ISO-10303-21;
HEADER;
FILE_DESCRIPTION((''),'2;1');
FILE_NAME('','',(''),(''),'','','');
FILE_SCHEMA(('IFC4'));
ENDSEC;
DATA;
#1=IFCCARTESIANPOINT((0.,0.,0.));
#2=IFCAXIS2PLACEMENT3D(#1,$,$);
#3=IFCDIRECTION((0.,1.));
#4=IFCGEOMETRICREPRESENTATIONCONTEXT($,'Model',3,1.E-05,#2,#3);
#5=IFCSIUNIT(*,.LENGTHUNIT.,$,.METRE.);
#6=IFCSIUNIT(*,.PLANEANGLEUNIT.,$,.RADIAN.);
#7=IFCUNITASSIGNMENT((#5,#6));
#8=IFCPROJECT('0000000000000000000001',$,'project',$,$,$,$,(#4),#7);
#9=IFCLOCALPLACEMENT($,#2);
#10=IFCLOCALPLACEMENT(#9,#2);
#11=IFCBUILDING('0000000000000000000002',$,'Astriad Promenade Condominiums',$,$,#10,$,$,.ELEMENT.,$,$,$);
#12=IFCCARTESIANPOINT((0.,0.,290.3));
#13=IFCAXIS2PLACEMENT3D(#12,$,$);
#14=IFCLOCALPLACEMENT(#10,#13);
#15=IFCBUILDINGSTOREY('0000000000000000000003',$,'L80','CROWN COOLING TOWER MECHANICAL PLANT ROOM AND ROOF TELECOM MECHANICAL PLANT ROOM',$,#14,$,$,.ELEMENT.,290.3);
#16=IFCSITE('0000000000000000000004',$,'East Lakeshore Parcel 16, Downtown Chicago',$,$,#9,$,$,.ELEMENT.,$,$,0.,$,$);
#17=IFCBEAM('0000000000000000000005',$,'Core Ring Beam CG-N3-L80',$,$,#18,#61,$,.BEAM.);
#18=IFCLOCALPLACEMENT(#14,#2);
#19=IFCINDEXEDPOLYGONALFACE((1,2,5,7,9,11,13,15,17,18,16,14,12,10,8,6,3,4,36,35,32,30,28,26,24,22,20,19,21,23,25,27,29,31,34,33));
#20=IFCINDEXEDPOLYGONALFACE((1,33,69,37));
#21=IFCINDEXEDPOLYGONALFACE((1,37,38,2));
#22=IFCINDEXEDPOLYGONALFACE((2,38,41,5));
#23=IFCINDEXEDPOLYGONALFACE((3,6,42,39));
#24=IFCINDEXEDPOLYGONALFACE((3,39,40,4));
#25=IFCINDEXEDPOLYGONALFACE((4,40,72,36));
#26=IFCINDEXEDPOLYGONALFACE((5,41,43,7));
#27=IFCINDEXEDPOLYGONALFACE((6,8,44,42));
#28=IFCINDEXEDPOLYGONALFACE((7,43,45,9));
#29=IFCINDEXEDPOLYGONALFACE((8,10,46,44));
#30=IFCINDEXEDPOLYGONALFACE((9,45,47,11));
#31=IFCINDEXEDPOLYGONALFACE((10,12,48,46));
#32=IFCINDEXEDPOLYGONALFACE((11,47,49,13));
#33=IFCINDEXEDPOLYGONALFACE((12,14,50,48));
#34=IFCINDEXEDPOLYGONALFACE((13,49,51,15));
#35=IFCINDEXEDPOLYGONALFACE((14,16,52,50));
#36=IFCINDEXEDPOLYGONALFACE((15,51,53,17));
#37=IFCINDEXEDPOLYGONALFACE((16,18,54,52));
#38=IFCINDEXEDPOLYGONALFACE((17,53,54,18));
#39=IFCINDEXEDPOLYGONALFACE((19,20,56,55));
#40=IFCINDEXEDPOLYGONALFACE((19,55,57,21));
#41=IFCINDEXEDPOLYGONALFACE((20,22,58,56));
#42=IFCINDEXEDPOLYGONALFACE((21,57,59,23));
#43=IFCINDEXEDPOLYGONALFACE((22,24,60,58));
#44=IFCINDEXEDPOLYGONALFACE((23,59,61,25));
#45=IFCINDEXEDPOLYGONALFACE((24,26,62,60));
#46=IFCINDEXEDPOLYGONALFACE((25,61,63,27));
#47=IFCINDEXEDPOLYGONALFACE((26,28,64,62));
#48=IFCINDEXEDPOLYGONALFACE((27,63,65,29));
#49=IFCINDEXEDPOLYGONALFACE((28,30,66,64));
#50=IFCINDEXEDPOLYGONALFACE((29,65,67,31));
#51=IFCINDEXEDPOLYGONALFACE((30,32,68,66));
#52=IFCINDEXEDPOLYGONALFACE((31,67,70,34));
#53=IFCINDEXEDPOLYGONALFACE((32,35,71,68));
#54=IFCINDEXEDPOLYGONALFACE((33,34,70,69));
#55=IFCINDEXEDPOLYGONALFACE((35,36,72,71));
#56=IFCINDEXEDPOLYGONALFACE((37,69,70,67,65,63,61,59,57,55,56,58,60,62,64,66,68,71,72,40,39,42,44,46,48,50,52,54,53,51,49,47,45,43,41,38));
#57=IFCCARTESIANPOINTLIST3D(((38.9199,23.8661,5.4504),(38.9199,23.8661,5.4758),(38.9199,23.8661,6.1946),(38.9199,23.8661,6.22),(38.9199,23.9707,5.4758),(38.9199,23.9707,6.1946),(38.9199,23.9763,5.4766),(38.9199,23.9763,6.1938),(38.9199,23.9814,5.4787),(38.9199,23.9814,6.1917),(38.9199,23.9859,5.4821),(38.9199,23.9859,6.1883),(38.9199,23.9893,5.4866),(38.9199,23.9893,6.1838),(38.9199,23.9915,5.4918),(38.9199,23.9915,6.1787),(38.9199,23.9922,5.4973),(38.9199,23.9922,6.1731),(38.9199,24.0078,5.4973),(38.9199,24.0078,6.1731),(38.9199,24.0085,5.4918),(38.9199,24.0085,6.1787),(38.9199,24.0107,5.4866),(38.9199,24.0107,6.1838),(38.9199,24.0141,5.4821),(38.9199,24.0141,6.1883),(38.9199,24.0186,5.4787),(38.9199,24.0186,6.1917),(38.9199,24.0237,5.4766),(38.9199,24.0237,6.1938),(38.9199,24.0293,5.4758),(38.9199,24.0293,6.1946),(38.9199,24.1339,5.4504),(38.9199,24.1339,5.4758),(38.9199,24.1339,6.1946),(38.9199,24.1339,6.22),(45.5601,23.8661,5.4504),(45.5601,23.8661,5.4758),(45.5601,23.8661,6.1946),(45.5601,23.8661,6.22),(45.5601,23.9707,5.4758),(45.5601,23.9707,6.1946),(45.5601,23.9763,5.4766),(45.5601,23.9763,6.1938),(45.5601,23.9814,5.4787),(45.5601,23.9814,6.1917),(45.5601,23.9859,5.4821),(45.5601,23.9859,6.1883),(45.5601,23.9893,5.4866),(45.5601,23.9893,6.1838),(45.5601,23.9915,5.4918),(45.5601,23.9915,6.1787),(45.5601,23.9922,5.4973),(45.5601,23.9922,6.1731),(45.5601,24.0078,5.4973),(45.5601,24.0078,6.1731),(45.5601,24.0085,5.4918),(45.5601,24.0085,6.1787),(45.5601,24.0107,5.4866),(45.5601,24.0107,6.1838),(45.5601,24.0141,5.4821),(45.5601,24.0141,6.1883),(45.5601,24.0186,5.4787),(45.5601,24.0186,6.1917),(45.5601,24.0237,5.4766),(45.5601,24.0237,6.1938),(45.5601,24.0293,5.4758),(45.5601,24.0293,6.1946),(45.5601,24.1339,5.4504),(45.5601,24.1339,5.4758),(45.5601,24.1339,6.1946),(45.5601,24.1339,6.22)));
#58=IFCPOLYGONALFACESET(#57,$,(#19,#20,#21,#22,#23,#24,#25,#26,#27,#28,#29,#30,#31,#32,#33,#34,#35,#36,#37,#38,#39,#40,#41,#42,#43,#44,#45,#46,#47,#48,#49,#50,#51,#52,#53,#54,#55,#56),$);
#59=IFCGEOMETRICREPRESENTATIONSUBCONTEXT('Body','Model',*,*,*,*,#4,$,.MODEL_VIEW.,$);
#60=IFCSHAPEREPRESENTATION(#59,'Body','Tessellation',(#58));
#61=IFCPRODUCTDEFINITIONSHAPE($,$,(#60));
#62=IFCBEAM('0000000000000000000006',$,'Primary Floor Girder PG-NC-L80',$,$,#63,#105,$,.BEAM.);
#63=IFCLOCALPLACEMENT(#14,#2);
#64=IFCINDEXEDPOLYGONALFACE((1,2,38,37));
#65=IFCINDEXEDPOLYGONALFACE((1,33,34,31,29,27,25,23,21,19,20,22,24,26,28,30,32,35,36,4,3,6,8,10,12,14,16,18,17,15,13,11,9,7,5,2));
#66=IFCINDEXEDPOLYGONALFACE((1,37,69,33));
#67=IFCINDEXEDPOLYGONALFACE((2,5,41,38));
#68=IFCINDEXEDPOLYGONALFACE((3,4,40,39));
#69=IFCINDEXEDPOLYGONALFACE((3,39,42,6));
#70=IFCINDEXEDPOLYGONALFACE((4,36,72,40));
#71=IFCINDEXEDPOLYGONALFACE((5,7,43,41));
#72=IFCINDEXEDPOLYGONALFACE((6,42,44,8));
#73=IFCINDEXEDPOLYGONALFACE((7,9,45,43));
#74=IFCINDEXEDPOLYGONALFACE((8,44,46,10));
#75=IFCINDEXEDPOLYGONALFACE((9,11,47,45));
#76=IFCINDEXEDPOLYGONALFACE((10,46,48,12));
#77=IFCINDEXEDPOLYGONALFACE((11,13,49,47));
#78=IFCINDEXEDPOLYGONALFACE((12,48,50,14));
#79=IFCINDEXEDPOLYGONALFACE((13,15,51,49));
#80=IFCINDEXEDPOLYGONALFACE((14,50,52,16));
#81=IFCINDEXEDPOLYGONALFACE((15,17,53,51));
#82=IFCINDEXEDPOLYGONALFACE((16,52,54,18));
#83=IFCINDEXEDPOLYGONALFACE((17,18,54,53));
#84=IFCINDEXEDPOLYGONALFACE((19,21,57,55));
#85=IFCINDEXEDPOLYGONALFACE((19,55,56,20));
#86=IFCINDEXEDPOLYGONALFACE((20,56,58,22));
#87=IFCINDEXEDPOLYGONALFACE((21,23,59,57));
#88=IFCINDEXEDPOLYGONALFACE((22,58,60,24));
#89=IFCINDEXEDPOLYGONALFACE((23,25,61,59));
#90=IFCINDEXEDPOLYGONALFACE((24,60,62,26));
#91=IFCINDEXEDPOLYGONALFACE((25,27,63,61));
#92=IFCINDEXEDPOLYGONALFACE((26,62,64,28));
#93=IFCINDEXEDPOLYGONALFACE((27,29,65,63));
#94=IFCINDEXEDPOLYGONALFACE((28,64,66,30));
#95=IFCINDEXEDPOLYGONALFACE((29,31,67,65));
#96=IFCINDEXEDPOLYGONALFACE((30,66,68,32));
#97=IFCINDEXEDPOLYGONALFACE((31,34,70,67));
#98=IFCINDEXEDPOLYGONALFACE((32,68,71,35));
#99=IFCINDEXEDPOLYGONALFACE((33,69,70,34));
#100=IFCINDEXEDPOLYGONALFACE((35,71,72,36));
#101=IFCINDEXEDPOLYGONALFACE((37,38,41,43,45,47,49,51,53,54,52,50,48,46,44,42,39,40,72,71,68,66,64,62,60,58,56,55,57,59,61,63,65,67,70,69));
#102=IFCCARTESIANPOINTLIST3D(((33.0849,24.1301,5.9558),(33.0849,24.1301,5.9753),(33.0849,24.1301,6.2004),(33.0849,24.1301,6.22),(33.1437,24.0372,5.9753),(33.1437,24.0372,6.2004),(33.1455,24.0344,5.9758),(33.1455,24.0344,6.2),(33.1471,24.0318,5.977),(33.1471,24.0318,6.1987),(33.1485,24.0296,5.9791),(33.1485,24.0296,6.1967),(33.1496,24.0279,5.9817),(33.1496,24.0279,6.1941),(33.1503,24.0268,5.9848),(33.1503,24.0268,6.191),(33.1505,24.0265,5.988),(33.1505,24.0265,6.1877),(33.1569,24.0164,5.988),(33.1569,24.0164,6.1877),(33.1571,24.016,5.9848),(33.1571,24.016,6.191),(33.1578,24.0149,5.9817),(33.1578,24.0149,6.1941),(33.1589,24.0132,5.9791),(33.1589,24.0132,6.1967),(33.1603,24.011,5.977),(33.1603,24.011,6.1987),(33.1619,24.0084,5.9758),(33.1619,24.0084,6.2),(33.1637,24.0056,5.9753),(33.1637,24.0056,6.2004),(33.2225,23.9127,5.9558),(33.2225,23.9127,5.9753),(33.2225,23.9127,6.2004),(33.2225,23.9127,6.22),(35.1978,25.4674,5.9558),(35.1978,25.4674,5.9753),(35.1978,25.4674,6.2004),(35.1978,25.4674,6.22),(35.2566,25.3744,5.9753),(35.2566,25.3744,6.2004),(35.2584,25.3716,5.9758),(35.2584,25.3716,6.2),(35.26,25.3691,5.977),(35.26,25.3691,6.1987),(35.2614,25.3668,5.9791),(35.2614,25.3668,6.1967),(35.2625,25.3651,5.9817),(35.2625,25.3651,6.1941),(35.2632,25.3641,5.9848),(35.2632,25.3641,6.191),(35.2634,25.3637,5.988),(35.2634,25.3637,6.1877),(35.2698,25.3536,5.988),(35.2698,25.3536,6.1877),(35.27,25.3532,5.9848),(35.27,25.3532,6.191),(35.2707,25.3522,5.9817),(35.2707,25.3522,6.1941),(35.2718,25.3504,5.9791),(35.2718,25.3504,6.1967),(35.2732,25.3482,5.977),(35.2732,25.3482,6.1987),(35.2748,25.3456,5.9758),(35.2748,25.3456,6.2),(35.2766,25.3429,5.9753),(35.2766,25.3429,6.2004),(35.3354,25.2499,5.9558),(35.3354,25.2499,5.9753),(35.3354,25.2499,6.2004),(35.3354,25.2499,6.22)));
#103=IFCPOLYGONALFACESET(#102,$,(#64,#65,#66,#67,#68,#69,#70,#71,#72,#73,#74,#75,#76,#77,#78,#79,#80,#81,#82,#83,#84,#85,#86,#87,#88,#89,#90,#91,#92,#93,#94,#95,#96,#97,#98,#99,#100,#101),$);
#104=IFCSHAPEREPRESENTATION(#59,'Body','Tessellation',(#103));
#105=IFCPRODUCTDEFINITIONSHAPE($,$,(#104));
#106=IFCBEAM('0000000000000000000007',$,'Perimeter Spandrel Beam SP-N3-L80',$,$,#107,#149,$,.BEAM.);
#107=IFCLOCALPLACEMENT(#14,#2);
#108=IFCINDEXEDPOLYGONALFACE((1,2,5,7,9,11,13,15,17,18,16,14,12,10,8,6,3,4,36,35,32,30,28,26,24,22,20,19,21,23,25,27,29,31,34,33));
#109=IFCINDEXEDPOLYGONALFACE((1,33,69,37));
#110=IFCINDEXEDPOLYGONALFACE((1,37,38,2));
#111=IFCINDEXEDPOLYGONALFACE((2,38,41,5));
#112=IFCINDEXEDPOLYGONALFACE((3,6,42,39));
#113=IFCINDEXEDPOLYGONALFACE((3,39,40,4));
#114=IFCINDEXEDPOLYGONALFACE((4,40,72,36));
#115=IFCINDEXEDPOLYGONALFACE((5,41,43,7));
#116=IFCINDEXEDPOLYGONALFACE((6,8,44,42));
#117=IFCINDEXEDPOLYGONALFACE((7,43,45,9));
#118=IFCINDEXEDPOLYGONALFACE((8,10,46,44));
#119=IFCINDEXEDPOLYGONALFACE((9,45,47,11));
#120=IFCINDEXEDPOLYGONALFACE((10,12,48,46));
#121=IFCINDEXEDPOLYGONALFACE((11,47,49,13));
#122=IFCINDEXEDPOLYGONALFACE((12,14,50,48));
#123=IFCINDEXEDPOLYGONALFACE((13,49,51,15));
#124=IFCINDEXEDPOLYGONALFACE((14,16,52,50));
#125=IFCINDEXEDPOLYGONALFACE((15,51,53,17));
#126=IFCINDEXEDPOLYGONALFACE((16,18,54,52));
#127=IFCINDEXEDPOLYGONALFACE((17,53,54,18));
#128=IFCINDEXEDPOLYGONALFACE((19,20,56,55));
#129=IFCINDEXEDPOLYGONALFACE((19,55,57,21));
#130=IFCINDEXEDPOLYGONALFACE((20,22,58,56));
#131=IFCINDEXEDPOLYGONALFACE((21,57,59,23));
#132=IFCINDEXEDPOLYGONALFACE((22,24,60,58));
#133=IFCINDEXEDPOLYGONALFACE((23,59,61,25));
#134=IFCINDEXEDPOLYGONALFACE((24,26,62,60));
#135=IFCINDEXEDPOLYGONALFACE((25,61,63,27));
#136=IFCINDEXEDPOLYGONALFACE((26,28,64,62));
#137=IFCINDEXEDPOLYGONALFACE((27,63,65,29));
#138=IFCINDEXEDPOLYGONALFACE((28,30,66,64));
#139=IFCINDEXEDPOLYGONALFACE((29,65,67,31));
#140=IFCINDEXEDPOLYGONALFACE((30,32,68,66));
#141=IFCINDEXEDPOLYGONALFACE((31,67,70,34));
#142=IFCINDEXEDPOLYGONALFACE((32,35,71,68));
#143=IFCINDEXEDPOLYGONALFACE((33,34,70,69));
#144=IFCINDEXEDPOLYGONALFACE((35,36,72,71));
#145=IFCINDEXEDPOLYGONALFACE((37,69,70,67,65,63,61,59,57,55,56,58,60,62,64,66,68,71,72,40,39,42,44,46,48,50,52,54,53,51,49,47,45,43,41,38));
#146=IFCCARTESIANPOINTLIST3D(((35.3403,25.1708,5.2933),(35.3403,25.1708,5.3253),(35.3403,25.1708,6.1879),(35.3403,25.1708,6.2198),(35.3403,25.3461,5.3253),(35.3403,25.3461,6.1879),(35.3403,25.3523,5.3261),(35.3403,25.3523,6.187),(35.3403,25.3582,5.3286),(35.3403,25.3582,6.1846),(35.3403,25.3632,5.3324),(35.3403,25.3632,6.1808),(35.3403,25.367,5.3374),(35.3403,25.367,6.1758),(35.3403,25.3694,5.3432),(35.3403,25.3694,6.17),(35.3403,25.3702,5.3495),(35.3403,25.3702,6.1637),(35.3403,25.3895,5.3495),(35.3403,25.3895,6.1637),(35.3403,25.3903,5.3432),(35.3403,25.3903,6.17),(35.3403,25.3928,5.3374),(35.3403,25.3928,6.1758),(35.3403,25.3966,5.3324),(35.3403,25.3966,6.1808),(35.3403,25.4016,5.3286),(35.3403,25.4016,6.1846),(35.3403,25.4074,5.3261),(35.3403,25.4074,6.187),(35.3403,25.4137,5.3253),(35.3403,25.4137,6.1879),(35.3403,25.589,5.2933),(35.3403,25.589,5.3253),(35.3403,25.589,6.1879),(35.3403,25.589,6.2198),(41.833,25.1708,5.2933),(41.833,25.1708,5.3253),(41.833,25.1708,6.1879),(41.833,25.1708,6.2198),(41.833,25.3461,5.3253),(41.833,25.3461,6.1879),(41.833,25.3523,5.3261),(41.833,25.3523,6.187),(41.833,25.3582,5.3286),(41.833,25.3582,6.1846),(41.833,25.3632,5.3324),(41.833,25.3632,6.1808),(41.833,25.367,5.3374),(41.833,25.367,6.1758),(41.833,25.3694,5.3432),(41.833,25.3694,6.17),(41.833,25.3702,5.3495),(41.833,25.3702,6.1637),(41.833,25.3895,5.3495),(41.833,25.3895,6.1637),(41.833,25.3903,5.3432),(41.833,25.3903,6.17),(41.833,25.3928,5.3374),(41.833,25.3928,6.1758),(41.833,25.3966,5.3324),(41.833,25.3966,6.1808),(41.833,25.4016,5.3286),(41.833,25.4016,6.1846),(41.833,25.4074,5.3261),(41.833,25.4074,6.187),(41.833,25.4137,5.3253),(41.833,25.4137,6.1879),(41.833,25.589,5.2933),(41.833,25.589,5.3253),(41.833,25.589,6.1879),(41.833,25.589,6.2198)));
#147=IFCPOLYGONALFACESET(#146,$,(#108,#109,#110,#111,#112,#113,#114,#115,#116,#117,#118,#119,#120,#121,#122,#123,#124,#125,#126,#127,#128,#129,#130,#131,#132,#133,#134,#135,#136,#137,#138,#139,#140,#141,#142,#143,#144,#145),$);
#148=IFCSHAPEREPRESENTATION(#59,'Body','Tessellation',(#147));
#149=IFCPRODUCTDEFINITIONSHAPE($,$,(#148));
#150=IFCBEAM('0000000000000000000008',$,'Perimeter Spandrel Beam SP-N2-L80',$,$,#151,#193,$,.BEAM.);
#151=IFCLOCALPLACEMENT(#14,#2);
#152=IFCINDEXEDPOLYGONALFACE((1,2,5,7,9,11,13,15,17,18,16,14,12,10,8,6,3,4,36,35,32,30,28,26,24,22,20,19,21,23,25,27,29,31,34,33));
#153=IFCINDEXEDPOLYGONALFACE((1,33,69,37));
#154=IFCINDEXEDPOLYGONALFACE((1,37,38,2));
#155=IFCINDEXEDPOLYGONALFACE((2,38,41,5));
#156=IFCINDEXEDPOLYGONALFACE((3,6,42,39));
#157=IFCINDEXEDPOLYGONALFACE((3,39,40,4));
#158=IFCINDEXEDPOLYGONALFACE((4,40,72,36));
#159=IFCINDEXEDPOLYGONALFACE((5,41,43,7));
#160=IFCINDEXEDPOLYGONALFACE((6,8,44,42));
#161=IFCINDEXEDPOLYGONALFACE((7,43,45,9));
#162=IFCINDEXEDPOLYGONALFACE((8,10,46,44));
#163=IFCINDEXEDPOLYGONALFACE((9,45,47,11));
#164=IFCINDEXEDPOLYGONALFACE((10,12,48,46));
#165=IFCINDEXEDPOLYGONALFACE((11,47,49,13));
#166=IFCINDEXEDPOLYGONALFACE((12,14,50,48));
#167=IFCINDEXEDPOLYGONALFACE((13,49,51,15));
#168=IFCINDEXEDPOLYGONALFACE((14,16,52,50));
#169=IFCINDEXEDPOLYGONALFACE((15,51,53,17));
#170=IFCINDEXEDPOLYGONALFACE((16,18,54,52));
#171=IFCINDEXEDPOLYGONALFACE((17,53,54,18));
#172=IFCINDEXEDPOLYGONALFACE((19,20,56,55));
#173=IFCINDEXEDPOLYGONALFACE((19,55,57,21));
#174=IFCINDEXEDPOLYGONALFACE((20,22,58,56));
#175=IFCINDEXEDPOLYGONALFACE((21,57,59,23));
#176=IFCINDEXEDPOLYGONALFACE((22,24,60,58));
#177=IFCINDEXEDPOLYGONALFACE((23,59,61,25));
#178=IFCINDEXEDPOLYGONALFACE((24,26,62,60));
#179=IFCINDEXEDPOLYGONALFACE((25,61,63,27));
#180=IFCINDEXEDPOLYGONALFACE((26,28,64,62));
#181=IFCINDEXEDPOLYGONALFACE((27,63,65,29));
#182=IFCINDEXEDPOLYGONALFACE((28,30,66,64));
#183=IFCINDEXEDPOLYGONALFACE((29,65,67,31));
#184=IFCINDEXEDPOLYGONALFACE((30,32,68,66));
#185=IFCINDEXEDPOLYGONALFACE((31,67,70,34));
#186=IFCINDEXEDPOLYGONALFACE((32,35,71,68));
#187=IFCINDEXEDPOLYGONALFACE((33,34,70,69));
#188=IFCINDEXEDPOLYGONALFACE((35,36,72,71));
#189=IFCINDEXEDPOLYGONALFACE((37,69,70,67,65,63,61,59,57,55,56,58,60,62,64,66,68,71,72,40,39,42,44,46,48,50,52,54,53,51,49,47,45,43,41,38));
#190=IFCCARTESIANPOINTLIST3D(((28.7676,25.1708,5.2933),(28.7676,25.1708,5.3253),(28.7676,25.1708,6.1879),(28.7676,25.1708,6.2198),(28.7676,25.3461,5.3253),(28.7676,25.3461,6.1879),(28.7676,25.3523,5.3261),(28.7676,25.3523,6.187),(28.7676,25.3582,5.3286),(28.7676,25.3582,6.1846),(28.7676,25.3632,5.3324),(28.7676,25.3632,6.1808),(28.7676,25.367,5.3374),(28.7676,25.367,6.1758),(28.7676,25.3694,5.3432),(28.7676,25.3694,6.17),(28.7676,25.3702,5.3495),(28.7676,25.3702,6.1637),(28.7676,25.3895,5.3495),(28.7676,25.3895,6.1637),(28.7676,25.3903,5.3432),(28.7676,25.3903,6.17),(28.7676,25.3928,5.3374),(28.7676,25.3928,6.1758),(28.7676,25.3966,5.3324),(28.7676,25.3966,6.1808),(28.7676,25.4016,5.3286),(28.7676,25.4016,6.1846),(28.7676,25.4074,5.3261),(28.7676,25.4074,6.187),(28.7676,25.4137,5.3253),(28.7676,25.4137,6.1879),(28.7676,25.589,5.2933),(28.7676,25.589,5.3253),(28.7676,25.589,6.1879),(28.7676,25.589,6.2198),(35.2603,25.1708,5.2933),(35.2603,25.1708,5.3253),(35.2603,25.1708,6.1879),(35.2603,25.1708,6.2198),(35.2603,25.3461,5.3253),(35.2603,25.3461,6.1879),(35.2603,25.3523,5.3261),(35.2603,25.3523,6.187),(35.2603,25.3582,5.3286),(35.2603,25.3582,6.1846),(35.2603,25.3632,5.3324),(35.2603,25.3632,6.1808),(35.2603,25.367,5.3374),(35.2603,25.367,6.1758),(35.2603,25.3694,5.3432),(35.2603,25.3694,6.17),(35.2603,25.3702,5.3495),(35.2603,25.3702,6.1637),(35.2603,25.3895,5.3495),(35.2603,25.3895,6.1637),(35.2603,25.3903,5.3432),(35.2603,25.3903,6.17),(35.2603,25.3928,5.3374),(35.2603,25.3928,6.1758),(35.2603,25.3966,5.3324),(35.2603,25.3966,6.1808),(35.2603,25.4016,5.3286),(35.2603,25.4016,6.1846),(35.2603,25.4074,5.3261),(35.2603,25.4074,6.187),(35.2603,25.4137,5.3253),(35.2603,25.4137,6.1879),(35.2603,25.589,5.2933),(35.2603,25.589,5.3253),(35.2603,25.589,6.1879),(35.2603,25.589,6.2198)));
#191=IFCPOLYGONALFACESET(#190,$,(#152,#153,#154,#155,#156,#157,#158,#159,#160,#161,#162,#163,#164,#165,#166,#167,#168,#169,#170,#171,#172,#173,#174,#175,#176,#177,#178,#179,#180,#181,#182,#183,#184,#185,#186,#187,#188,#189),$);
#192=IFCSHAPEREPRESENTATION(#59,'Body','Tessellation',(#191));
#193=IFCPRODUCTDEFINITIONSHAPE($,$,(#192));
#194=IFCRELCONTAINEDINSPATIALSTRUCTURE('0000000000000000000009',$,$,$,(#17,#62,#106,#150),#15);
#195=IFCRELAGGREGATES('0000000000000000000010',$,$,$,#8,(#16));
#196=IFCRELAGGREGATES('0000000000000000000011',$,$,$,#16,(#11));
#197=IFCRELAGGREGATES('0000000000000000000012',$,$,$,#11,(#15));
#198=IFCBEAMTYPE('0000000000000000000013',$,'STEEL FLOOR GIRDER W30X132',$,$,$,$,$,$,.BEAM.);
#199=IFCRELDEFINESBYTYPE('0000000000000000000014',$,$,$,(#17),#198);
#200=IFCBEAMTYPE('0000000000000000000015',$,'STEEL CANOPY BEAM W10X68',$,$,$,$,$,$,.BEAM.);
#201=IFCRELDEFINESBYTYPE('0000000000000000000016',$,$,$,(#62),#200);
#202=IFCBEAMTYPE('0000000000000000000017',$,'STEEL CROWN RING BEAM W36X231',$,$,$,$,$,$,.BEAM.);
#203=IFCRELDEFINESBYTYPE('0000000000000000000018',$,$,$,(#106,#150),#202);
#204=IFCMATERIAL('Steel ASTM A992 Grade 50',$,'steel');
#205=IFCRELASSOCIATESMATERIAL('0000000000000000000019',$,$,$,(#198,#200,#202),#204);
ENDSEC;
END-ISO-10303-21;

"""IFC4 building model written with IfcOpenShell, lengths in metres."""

from ifc_helpers import new_model, si_unit, direction, frame, origin, origin_2d, place, context, subcontext, project, spatial, i_section, extrude, source, transform, mapped, material, material_profile, profile_set, type_object, type_shapes, element, save


model = new_model("IFC4")

# Units and contexts
model_context = context("Model", 3, precision=1e-05, world=origin(), true_north=direction((0.0, 1.0)))
body_context = subcontext(model_context, "Body", "Model", "MODEL_VIEW")
ifc_project = project(units=[si_unit("LENGTHUNIT", "METRE"), si_unit("PLANEANGLEUNIT", "RADIAN")], contexts=[model_context])

# Site, building, storey
site_placement = place(None, origin())
site = spatial("IfcSite", under=ifc_project, at=site_placement, Name="East Lakeshore Parcel 16, Downtown Chicago", CompositionType="ELEMENT", RefElevation=0.0)
building_placement = place(site_placement, origin())
building = spatial("IfcBuilding", under=site, at=building_placement, Name="Astriad Promenade Condominiums", CompositionType="ELEMENT")
storey_placement = place(building_placement, frame((0.0, 0.0, 290.3)))
storey = spatial("IfcBuildingStorey", under=building, at=storey_placement, Name="L80", Description="CROWN COOLING TOWER MECHANICAL PLANT ROOM AND ROOF TELECOM MECHANICAL PLANT ROOM", CompositionType="ELEMENT", Elevation=290.3)

# Shared definitions
ifc_material_1 = material(Name="Steel ASTM A992 Grade 50", Category="steel")

# Beams
ifc_material_profile_1 = material_profile(ifc_material_1, i_section(OverallWidth=0.2678, OverallDepth=0.7695, WebThickness=0.0156, FlangeThickness=0.0254, FilletRadius=0.0215, at=origin_2d()), Name="W30X132")
ifc_profile_set_1 = profile_set([ifc_material_profile_1], Name="Steel ASTM A992 Grade 50")
beam_type_1 = type_object("IfcBeamType", Name="STEEL FLOOR GIRDER W30X132", PredefinedType="BEAM", material=ifc_profile_set_1)
shared_shape_1 = source(origin(), body_context, "Body", "SweptSolid", [
    extrude(i_section(OverallWidth=0.2678, OverallDepth=0.7695, WebThickness=0.0156, FlangeThickness=0.0254, FilletRadius=0.0215, at=origin_2d()), origin(), (0.0, 0.0, 1.0), 6.6401),
])
type_shapes(beam_type_1, [shared_shape_1])
beam_1_placement = place(storey_placement, frame((38.9199, 24.0, 5.8352), z_axis=(1.0, 0.0, 0.0), x_axis=(0.0, 1.0, 0.0)))
element("IfcBeam", 1, at=beam_1_placement, inside=storey, type_object=beam_type_1, Name="Core Ring Beam CG-N3-L80", PredefinedType="BEAM", context=body_context, shape_type="MappedRepresentation", body=[
    mapped(shared_shape_1, transform((0.0, 0.0, 0.0), scale=1.0)),
])
ifc_material_profile_2 = material_profile(ifc_material_1, i_section(OverallWidth=0.2573, OverallDepth=0.2642, WebThickness=0.012, FlangeThickness=0.0195, FilletRadius=0.0127, at=origin_2d()), Name="W10X68")
ifc_profile_set_2 = profile_set([ifc_material_profile_2], Name="Steel ASTM A992 Grade 50")
beam_type_2 = type_object("IfcBeamType", Name="STEEL CANOPY BEAM W10X68", PredefinedType="BEAM", material=ifc_profile_set_2)
shared_shape_2 = source(origin(), body_context, "Body", "SweptSolid", [
    extrude(i_section(OverallWidth=0.2573, OverallDepth=0.2642, WebThickness=0.012, FlangeThickness=0.0195, FilletRadius=0.0127, at=origin_2d()), origin(), (0.0, 0.0, 1.0), 2.5005),
])
type_shapes(beam_type_2, [shared_shape_2])
beam_2_placement = place(storey_placement, frame((35.2666, 25.3586, 6.0879), z_axis=(-0.84499, -0.534783, 0.0), x_axis=(0.534783, -0.84499, 0.0)))
element("IfcBeam", 2, at=beam_2_placement, inside=storey, type_object=beam_type_2, Name="Primary Floor Girder PG-NC-L80", PredefinedType="BEAM", context=body_context, shape_type="MappedRepresentation", body=[
    mapped(shared_shape_2, transform((0.0, 0.0, 0.0), scale=1.0)),
])
ifc_material_profile_3 = material_profile(ifc_material_1, i_section(OverallWidth=0.4182, OverallDepth=0.9265, WebThickness=0.0193, FlangeThickness=0.032, FilletRadius=0.0242, at=origin_2d()), Name="W36X231")
ifc_profile_set_3 = profile_set([ifc_material_profile_3], Name="Steel ASTM A992 Grade 50")
beam_type_3 = type_object("IfcBeamType", Name="STEEL CROWN RING BEAM W36X231", PredefinedType="BEAM", material=ifc_profile_set_3)
shared_shape_3 = source(origin(), body_context, "Body", "SweptSolid", [
    extrude(i_section(OverallWidth=0.4182, OverallDepth=0.9265, WebThickness=0.0193, FlangeThickness=0.032, FilletRadius=0.0242, at=origin_2d()), origin(), (0.0, 0.0, 1.0), 6.4927),
])
type_shapes(beam_type_3, [shared_shape_3])
for number, where, z_axis, x_axis, name in (
    (3, (41.833, 25.3799, 5.7566), (-1.0, 0.0, 0.0), (0.0, -1.0, 0.0), "Perimeter Spandrel Beam SP-N3-L80"),
    (4, (35.2603, 25.3799, 5.7566), (-1.0, 0.0, 0.0), (0.0, -1.0, 0.0), "Perimeter Spandrel Beam SP-N2-L80"),
):
    element("IfcBeam", number, at=place(storey_placement, frame(where, z_axis=z_axis, x_axis=x_axis)), inside=storey, type_object=beam_type_3, Name=name, PredefinedType="BEAM", context=body_context, shape_type="MappedRepresentation", body=[
        mapped(shared_shape_3, transform((0.0, 0.0, 0.0), scale=1.0)),
    ])

save(model, "model.ifc")
